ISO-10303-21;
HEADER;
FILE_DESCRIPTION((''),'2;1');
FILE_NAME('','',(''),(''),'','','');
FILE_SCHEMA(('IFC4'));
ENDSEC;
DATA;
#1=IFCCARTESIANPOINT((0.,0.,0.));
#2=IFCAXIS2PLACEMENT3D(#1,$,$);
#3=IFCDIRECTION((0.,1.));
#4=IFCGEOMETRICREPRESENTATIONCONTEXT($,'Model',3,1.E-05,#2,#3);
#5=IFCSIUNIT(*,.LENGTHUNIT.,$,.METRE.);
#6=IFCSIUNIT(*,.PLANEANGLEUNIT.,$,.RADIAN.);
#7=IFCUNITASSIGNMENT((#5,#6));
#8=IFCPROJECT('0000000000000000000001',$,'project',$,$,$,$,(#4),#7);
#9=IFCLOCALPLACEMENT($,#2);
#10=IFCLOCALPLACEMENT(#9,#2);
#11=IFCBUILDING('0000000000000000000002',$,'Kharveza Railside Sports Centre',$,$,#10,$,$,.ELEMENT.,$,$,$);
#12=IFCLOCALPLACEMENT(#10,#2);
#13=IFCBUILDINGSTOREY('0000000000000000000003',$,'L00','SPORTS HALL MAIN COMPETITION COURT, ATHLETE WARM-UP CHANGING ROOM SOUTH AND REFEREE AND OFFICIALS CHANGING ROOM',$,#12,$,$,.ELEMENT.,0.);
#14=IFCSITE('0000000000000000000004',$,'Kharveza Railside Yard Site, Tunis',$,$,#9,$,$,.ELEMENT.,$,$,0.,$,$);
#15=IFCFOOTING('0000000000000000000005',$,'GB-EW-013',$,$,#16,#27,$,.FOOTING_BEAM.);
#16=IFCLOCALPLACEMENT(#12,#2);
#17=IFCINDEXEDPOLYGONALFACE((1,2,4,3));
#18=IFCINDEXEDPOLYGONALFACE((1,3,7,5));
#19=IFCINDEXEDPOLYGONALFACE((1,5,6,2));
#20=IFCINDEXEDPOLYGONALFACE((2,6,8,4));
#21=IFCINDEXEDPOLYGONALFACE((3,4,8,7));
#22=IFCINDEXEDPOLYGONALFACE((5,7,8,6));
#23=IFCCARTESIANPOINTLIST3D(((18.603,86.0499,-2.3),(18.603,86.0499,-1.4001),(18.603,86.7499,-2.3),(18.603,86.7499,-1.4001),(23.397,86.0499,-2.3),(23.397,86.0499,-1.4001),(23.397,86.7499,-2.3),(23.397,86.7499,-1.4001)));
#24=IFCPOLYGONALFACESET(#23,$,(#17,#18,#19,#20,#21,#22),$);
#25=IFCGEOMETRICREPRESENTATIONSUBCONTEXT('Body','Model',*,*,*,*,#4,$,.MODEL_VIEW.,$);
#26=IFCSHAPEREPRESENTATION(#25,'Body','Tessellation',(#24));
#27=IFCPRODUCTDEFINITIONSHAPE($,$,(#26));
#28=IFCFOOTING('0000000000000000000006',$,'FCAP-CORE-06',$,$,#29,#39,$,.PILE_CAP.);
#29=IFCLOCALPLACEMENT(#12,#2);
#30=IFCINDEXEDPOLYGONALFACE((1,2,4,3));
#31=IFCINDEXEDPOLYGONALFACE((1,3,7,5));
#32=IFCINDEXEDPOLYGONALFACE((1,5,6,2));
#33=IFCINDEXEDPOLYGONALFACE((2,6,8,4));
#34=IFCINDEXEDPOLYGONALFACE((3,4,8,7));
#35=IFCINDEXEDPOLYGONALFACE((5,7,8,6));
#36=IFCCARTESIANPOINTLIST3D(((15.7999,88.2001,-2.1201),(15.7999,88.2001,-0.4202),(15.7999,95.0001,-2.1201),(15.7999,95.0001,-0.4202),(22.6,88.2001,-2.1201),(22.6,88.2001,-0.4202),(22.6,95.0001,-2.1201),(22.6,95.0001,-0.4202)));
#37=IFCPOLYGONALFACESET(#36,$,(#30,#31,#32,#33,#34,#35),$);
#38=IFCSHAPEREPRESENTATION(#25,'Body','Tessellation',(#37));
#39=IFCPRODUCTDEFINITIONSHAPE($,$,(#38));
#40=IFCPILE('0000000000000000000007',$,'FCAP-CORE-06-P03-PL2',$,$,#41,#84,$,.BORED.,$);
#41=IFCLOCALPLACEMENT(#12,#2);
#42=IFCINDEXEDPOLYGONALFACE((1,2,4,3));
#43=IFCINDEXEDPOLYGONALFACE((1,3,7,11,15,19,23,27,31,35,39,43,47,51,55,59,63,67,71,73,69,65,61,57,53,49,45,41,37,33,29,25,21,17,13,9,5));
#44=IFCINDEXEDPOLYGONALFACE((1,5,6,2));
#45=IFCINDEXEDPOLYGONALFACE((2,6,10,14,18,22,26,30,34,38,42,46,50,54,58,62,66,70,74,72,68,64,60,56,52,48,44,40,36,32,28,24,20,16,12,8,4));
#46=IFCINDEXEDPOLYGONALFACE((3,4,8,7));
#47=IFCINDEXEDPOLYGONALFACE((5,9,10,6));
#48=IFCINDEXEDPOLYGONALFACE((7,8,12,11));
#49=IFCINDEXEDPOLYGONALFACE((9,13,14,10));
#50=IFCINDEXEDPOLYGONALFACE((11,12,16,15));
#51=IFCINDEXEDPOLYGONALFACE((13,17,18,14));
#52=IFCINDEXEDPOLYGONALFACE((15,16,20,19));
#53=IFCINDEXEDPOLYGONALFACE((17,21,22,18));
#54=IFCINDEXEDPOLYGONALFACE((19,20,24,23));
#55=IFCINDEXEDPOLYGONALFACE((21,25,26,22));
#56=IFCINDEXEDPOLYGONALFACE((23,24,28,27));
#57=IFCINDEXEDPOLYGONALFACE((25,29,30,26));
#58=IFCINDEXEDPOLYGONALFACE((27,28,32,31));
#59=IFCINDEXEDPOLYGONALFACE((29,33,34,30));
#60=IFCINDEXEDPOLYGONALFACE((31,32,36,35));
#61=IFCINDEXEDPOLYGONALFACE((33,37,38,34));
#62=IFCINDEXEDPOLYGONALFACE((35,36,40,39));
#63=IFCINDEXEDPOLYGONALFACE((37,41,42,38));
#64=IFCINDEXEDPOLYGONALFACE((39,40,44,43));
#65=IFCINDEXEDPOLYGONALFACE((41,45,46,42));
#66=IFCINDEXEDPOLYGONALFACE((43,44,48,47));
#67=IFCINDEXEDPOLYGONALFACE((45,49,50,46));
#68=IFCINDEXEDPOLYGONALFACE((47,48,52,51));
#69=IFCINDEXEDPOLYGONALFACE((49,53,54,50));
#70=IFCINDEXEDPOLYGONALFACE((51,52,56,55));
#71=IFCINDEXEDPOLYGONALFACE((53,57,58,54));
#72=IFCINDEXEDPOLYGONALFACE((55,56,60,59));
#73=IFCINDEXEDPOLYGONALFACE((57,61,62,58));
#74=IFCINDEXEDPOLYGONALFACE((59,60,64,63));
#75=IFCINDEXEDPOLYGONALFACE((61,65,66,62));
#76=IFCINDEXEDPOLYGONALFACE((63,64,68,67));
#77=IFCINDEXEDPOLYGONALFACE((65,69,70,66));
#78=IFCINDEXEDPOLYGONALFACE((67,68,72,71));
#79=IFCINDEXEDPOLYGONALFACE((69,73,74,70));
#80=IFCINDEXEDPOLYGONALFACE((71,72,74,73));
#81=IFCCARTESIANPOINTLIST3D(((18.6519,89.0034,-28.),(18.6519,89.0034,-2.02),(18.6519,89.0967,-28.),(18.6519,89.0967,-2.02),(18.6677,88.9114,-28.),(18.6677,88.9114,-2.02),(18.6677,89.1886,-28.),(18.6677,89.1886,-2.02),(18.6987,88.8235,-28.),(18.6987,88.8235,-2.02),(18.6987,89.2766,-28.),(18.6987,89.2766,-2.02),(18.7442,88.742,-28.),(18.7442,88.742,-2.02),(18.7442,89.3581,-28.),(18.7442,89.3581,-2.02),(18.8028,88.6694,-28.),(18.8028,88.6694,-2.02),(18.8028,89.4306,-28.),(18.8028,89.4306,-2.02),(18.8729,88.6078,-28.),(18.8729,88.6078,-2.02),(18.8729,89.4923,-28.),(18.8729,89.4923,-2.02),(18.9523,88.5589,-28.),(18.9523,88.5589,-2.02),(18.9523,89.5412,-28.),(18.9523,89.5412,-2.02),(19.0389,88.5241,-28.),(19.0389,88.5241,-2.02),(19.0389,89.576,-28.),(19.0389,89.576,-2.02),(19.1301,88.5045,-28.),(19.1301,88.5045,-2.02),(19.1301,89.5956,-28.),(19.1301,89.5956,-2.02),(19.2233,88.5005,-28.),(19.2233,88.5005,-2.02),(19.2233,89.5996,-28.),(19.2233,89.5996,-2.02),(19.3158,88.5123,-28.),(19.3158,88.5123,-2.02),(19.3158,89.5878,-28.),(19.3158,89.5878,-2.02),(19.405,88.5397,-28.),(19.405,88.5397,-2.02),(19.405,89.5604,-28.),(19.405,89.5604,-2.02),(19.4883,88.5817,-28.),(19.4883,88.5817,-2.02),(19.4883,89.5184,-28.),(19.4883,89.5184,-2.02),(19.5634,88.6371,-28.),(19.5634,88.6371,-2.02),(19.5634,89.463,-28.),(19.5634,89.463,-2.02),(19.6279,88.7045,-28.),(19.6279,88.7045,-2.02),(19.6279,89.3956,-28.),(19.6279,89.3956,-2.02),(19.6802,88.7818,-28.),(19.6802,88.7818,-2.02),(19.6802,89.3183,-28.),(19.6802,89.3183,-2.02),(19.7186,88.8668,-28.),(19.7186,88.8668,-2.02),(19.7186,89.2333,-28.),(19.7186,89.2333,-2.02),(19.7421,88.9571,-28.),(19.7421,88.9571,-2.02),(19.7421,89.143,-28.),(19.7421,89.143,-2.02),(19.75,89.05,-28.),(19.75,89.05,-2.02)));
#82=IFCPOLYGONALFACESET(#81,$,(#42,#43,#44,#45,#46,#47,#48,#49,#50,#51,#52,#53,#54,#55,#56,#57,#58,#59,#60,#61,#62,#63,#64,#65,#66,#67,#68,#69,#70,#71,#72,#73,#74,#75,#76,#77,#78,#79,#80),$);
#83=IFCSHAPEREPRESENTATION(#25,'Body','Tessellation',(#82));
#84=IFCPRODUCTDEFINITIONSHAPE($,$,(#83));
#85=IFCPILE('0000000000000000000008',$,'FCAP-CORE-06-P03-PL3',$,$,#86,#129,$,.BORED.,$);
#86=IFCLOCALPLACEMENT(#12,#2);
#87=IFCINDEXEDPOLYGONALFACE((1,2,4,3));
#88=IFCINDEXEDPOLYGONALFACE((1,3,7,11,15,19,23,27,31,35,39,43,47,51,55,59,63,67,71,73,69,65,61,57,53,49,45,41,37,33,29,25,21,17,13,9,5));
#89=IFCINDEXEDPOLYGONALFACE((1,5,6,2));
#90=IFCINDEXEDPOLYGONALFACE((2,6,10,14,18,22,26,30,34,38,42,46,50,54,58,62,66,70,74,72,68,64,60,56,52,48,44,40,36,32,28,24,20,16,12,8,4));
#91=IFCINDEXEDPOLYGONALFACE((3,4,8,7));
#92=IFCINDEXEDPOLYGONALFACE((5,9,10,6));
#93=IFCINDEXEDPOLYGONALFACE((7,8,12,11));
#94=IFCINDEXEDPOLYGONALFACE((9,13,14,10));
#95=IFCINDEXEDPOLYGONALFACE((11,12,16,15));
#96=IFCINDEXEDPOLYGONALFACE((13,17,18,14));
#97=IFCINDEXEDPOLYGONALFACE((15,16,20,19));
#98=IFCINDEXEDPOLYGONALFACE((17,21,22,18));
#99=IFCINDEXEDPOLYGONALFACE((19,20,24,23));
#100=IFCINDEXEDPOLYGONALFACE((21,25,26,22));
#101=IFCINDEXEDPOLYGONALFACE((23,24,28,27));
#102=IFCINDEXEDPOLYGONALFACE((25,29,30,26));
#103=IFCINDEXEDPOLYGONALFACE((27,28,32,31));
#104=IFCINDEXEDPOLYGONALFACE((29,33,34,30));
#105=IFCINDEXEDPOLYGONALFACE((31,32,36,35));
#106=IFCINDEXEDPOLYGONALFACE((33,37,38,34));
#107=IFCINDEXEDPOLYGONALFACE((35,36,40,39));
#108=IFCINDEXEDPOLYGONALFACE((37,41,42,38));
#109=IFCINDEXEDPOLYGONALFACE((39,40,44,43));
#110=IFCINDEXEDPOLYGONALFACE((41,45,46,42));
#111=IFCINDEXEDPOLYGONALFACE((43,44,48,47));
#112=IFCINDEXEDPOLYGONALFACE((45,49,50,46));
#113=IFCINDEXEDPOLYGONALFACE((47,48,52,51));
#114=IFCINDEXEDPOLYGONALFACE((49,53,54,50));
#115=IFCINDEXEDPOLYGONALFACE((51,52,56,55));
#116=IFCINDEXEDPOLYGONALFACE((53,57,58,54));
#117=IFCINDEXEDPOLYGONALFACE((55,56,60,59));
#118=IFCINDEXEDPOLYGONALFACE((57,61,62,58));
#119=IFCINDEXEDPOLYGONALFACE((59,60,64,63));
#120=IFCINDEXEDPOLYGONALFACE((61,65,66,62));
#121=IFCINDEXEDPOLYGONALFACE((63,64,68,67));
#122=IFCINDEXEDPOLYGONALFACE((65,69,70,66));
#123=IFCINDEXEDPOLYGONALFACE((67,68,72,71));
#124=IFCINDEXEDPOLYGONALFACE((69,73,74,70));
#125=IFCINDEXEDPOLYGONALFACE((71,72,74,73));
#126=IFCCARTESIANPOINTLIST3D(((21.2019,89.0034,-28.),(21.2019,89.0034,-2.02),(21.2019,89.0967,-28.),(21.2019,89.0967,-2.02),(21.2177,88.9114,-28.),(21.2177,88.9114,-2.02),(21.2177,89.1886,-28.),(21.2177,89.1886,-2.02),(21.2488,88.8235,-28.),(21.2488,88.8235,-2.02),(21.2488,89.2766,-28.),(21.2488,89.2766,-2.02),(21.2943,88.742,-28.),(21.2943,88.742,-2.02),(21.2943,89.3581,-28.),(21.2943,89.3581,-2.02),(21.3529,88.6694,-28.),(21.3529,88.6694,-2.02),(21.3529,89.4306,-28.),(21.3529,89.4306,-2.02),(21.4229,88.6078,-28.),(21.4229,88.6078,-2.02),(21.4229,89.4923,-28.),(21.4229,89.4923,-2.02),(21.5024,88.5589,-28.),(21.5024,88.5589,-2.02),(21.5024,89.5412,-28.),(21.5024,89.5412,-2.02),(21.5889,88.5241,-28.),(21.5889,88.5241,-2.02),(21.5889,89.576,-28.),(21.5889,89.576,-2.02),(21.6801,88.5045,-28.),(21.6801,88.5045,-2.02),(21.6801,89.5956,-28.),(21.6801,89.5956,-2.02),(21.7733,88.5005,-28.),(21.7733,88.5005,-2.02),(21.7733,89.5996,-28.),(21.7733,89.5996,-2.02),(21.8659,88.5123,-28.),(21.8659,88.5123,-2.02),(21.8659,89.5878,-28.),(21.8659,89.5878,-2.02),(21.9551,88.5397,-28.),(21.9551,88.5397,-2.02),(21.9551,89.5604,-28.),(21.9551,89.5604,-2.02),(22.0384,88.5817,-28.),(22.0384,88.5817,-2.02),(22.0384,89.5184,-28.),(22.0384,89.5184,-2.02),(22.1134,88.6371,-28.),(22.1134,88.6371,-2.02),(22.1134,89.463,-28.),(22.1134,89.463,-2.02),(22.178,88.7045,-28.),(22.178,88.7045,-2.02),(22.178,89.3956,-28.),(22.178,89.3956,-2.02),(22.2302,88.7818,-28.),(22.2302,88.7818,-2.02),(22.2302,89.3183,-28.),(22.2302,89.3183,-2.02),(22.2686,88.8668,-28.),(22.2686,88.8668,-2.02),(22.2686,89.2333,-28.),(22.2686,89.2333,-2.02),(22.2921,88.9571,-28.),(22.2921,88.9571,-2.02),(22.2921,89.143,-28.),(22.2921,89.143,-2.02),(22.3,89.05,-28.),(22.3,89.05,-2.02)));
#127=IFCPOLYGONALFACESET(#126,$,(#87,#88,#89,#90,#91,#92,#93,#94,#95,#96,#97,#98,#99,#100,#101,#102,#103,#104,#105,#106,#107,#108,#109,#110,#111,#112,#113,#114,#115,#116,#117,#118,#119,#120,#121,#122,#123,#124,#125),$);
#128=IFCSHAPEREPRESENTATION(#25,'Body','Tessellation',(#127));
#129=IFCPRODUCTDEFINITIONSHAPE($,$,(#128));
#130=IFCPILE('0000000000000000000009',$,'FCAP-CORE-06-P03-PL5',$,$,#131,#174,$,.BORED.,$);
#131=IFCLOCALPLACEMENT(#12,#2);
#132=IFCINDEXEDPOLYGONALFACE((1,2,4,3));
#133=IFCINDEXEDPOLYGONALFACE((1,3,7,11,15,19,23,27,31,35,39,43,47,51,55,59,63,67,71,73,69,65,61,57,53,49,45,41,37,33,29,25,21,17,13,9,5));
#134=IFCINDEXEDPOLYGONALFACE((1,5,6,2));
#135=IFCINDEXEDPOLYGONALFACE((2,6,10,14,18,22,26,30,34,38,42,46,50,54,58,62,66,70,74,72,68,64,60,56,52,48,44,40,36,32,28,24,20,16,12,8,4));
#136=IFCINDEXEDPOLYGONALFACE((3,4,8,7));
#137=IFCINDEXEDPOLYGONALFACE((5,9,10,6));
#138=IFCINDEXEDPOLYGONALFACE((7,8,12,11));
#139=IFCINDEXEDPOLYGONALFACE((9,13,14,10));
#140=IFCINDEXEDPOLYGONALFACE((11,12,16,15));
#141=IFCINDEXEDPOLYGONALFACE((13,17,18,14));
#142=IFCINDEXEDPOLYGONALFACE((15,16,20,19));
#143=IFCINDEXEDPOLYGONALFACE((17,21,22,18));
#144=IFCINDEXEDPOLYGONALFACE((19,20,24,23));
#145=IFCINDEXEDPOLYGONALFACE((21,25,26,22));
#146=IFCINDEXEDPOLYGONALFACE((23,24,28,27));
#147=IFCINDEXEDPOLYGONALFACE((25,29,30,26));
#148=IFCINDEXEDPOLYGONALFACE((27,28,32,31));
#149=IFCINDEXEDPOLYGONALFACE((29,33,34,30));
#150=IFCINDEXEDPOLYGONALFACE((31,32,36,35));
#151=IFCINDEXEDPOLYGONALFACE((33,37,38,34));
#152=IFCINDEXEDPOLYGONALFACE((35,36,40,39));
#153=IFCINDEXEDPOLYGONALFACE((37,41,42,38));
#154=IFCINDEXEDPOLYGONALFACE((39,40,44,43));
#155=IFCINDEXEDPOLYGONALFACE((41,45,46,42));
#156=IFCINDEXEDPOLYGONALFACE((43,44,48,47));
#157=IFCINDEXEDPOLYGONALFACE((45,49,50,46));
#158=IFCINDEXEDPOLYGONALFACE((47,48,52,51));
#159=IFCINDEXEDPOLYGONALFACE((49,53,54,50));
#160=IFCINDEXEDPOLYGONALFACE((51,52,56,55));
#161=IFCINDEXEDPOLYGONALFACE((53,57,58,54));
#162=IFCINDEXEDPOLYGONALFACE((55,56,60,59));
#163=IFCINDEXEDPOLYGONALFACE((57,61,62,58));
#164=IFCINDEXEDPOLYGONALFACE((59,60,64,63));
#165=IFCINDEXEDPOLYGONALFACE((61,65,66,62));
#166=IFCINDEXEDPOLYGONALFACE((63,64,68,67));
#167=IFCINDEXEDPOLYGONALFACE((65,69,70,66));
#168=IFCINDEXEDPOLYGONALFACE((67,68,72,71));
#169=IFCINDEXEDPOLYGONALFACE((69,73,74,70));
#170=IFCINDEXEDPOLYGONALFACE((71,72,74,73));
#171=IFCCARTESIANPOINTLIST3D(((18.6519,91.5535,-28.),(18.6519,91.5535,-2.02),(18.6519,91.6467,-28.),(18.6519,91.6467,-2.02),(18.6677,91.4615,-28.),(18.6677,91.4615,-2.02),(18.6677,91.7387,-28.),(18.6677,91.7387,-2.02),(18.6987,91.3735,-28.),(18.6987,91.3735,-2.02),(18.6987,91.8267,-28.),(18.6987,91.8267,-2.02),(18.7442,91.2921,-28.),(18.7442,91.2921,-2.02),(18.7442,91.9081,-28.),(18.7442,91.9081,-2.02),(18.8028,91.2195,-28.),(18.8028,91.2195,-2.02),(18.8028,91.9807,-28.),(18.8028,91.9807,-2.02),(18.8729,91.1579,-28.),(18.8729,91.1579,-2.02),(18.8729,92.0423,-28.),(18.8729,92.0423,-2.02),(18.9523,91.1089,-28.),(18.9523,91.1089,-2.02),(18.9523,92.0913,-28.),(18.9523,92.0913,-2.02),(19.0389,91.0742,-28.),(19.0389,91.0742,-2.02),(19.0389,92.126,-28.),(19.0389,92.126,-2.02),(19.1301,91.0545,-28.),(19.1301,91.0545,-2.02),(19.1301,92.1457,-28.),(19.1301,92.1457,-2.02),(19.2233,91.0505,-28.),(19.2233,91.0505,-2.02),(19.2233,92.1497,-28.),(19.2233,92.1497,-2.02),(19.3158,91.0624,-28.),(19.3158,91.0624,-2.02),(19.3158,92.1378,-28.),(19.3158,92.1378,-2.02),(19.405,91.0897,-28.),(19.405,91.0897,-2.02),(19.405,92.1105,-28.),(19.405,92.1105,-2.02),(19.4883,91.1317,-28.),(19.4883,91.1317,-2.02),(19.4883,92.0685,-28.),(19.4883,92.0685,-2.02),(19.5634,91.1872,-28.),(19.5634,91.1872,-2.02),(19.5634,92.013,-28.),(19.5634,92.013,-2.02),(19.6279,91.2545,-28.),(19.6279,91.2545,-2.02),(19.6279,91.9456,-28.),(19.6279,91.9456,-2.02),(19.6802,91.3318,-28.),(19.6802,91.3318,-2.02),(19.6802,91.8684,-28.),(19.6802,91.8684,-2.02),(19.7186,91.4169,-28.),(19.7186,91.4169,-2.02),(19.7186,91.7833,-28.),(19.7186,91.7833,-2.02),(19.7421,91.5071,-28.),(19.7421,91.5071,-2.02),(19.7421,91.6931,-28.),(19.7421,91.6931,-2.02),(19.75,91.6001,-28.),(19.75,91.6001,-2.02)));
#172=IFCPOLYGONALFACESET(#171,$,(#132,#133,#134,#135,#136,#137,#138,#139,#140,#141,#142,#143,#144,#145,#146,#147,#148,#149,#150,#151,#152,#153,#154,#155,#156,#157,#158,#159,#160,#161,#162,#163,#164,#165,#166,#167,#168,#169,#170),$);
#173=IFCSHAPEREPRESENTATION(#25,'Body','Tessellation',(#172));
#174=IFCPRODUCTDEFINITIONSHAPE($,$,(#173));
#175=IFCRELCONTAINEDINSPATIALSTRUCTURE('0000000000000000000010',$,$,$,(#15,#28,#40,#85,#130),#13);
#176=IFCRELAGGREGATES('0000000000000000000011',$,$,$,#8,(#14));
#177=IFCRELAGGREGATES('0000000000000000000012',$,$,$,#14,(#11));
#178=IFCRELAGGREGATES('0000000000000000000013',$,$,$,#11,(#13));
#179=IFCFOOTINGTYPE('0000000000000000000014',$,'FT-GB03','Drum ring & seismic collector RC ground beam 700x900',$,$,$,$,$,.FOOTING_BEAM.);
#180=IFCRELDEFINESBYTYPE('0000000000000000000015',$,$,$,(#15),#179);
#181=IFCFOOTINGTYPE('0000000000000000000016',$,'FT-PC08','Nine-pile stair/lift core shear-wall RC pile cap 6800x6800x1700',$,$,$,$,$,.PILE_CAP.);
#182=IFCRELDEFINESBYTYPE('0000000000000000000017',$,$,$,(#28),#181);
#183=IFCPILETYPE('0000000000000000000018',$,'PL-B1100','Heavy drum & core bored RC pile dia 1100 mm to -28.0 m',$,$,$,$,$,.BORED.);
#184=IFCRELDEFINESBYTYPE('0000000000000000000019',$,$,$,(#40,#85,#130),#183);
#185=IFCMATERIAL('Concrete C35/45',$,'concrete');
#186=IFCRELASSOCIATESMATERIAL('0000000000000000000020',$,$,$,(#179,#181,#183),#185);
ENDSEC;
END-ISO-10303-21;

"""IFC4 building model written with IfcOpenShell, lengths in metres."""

from ifc_helpers import new_model, si_unit, direction, frame, origin, origin_2d, place, context, subcontext, project, spatial, rectangle, circle, extrude, material, material_profile, profile_set, type_object, element, save


model = new_model("IFC4")

# Units and contexts
model_context = context("Model", 3, precision=1e-05, world=origin(), true_north=direction((0.0, 1.0)))
body_context = subcontext(model_context, "Body", "Model", "MODEL_VIEW")
ifc_project = project(units=[si_unit("LENGTHUNIT", "METRE"), si_unit("PLANEANGLEUNIT", "RADIAN")], contexts=[model_context])

# Site, building, storey
site_placement = place(None, origin())
site = spatial("IfcSite", under=ifc_project, at=site_placement, Name="Kharveza Railside Yard Site, Tunis", CompositionType="ELEMENT", RefElevation=0.0)
building_placement = place(site_placement, origin())
building = spatial("IfcBuilding", under=site, at=building_placement, Name="Kharveza Railside Sports Centre", CompositionType="ELEMENT")
storey_placement = place(building_placement, origin())
storey = spatial("IfcBuildingStorey", under=building, at=storey_placement, Name="L00", Description="SPORTS HALL MAIN COMPETITION COURT, ATHLETE WARM-UP CHANGING ROOM SOUTH AND REFEREE AND OFFICIALS CHANGING ROOM", CompositionType="ELEMENT", Elevation=0.0)

# Footings
ifc_material_1 = material(Name="Concrete C35/45", Category="concrete")
ifc_material_profile_1 = material_profile(ifc_material_1, rectangle(XDim=0.7, YDim=0.8999, at=origin_2d()), Name="GB 700x900")
ifc_profile_set_1 = profile_set([ifc_material_profile_1], Name="Concrete C35/45")
footing_type_1 = type_object("IfcFootingType", Name="FT-GB03", Description="Drum ring & seismic collector RC ground beam 700x900", PredefinedType="FOOTING_BEAM", material=ifc_profile_set_1)
footing_1_placement = place(storey_placement, frame((18.603, 86.3999, -1.8501), z_axis=(1.0, 0.0, 0.0), x_axis=(0.0, 1.0, 0.0)))
element("IfcFooting", 1, at=footing_1_placement, inside=storey, type_object=footing_type_1, Name="GB-EW-013", PredefinedType="FOOTING_BEAM", context=body_context, shape_type="SweptSolid", body=[
    extrude(rectangle(XDim=0.7, YDim=0.8999, at=origin_2d()), origin(), (0.0, 0.0, 1.0), 4.7939),
])
footing_type_2 = type_object("IfcFootingType", Name="FT-PC08", Description="Nine-pile stair/lift core shear-wall RC pile cap 6800x6800x1700", PredefinedType="PILE_CAP", material=ifc_material_1)
footing_2_placement = place(storey_placement, frame((19.2, 91.6001, -2.1201), z_axis=(0.0, 0.0, 1.0), x_axis=(1.0, 0.0, 0.0)))
element("IfcFooting", 2, at=footing_2_placement, inside=storey, type_object=footing_type_2, Name="FCAP-CORE-06", PredefinedType="PILE_CAP", context=body_context, shape_type="SweptSolid", body=[
    extrude(rectangle(XDim=6.8, YDim=6.8, at=origin_2d()), origin(), (0.0, 0.0, 1.0), 1.7),
])

# Piles
ifc_material_profile_2 = material_profile(ifc_material_1, circle(Radius=0.55, at=origin_2d()), Name="PILE D1100")
ifc_profile_set_2 = profile_set([ifc_material_profile_2], Name="Concrete C35/45")
pile_type_1 = type_object("IfcPileType", Name="PL-B1100", Description="Heavy drum & core bored RC pile dia 1100 mm to -28.0 m", PredefinedType="BORED", material=ifc_profile_set_2)
for number, where, z_axis, x_axis, name in (
    (3, (19.2, 89.05, -2.02), (0.0, 0.0, -1.0), (1.0, 0.0, 0.0), "FCAP-CORE-06-P03-PL2"),
    (4, (21.75, 89.05, -2.02), (0.0, 0.0, -1.0), (1.0, 0.0, 0.0), "FCAP-CORE-06-P03-PL3"),
    (5, (19.2, 91.6001, -2.02), (0.0, 0.0, -1.0), (1.0, 0.0, 0.0), "FCAP-CORE-06-P03-PL5"),
):
    element("IfcPile", number, at=place(storey_placement, frame(where, z_axis=z_axis, x_axis=x_axis)), inside=storey, type_object=pile_type_1, Name=name, PredefinedType="BORED", context=body_context, shape_type="SweptSolid", body=[
        extrude(circle(Radius=0.55, at=origin_2d()), origin(), (0.0, 0.0, 1.0), 25.98),
    ])

save(model, "model.ifc")
